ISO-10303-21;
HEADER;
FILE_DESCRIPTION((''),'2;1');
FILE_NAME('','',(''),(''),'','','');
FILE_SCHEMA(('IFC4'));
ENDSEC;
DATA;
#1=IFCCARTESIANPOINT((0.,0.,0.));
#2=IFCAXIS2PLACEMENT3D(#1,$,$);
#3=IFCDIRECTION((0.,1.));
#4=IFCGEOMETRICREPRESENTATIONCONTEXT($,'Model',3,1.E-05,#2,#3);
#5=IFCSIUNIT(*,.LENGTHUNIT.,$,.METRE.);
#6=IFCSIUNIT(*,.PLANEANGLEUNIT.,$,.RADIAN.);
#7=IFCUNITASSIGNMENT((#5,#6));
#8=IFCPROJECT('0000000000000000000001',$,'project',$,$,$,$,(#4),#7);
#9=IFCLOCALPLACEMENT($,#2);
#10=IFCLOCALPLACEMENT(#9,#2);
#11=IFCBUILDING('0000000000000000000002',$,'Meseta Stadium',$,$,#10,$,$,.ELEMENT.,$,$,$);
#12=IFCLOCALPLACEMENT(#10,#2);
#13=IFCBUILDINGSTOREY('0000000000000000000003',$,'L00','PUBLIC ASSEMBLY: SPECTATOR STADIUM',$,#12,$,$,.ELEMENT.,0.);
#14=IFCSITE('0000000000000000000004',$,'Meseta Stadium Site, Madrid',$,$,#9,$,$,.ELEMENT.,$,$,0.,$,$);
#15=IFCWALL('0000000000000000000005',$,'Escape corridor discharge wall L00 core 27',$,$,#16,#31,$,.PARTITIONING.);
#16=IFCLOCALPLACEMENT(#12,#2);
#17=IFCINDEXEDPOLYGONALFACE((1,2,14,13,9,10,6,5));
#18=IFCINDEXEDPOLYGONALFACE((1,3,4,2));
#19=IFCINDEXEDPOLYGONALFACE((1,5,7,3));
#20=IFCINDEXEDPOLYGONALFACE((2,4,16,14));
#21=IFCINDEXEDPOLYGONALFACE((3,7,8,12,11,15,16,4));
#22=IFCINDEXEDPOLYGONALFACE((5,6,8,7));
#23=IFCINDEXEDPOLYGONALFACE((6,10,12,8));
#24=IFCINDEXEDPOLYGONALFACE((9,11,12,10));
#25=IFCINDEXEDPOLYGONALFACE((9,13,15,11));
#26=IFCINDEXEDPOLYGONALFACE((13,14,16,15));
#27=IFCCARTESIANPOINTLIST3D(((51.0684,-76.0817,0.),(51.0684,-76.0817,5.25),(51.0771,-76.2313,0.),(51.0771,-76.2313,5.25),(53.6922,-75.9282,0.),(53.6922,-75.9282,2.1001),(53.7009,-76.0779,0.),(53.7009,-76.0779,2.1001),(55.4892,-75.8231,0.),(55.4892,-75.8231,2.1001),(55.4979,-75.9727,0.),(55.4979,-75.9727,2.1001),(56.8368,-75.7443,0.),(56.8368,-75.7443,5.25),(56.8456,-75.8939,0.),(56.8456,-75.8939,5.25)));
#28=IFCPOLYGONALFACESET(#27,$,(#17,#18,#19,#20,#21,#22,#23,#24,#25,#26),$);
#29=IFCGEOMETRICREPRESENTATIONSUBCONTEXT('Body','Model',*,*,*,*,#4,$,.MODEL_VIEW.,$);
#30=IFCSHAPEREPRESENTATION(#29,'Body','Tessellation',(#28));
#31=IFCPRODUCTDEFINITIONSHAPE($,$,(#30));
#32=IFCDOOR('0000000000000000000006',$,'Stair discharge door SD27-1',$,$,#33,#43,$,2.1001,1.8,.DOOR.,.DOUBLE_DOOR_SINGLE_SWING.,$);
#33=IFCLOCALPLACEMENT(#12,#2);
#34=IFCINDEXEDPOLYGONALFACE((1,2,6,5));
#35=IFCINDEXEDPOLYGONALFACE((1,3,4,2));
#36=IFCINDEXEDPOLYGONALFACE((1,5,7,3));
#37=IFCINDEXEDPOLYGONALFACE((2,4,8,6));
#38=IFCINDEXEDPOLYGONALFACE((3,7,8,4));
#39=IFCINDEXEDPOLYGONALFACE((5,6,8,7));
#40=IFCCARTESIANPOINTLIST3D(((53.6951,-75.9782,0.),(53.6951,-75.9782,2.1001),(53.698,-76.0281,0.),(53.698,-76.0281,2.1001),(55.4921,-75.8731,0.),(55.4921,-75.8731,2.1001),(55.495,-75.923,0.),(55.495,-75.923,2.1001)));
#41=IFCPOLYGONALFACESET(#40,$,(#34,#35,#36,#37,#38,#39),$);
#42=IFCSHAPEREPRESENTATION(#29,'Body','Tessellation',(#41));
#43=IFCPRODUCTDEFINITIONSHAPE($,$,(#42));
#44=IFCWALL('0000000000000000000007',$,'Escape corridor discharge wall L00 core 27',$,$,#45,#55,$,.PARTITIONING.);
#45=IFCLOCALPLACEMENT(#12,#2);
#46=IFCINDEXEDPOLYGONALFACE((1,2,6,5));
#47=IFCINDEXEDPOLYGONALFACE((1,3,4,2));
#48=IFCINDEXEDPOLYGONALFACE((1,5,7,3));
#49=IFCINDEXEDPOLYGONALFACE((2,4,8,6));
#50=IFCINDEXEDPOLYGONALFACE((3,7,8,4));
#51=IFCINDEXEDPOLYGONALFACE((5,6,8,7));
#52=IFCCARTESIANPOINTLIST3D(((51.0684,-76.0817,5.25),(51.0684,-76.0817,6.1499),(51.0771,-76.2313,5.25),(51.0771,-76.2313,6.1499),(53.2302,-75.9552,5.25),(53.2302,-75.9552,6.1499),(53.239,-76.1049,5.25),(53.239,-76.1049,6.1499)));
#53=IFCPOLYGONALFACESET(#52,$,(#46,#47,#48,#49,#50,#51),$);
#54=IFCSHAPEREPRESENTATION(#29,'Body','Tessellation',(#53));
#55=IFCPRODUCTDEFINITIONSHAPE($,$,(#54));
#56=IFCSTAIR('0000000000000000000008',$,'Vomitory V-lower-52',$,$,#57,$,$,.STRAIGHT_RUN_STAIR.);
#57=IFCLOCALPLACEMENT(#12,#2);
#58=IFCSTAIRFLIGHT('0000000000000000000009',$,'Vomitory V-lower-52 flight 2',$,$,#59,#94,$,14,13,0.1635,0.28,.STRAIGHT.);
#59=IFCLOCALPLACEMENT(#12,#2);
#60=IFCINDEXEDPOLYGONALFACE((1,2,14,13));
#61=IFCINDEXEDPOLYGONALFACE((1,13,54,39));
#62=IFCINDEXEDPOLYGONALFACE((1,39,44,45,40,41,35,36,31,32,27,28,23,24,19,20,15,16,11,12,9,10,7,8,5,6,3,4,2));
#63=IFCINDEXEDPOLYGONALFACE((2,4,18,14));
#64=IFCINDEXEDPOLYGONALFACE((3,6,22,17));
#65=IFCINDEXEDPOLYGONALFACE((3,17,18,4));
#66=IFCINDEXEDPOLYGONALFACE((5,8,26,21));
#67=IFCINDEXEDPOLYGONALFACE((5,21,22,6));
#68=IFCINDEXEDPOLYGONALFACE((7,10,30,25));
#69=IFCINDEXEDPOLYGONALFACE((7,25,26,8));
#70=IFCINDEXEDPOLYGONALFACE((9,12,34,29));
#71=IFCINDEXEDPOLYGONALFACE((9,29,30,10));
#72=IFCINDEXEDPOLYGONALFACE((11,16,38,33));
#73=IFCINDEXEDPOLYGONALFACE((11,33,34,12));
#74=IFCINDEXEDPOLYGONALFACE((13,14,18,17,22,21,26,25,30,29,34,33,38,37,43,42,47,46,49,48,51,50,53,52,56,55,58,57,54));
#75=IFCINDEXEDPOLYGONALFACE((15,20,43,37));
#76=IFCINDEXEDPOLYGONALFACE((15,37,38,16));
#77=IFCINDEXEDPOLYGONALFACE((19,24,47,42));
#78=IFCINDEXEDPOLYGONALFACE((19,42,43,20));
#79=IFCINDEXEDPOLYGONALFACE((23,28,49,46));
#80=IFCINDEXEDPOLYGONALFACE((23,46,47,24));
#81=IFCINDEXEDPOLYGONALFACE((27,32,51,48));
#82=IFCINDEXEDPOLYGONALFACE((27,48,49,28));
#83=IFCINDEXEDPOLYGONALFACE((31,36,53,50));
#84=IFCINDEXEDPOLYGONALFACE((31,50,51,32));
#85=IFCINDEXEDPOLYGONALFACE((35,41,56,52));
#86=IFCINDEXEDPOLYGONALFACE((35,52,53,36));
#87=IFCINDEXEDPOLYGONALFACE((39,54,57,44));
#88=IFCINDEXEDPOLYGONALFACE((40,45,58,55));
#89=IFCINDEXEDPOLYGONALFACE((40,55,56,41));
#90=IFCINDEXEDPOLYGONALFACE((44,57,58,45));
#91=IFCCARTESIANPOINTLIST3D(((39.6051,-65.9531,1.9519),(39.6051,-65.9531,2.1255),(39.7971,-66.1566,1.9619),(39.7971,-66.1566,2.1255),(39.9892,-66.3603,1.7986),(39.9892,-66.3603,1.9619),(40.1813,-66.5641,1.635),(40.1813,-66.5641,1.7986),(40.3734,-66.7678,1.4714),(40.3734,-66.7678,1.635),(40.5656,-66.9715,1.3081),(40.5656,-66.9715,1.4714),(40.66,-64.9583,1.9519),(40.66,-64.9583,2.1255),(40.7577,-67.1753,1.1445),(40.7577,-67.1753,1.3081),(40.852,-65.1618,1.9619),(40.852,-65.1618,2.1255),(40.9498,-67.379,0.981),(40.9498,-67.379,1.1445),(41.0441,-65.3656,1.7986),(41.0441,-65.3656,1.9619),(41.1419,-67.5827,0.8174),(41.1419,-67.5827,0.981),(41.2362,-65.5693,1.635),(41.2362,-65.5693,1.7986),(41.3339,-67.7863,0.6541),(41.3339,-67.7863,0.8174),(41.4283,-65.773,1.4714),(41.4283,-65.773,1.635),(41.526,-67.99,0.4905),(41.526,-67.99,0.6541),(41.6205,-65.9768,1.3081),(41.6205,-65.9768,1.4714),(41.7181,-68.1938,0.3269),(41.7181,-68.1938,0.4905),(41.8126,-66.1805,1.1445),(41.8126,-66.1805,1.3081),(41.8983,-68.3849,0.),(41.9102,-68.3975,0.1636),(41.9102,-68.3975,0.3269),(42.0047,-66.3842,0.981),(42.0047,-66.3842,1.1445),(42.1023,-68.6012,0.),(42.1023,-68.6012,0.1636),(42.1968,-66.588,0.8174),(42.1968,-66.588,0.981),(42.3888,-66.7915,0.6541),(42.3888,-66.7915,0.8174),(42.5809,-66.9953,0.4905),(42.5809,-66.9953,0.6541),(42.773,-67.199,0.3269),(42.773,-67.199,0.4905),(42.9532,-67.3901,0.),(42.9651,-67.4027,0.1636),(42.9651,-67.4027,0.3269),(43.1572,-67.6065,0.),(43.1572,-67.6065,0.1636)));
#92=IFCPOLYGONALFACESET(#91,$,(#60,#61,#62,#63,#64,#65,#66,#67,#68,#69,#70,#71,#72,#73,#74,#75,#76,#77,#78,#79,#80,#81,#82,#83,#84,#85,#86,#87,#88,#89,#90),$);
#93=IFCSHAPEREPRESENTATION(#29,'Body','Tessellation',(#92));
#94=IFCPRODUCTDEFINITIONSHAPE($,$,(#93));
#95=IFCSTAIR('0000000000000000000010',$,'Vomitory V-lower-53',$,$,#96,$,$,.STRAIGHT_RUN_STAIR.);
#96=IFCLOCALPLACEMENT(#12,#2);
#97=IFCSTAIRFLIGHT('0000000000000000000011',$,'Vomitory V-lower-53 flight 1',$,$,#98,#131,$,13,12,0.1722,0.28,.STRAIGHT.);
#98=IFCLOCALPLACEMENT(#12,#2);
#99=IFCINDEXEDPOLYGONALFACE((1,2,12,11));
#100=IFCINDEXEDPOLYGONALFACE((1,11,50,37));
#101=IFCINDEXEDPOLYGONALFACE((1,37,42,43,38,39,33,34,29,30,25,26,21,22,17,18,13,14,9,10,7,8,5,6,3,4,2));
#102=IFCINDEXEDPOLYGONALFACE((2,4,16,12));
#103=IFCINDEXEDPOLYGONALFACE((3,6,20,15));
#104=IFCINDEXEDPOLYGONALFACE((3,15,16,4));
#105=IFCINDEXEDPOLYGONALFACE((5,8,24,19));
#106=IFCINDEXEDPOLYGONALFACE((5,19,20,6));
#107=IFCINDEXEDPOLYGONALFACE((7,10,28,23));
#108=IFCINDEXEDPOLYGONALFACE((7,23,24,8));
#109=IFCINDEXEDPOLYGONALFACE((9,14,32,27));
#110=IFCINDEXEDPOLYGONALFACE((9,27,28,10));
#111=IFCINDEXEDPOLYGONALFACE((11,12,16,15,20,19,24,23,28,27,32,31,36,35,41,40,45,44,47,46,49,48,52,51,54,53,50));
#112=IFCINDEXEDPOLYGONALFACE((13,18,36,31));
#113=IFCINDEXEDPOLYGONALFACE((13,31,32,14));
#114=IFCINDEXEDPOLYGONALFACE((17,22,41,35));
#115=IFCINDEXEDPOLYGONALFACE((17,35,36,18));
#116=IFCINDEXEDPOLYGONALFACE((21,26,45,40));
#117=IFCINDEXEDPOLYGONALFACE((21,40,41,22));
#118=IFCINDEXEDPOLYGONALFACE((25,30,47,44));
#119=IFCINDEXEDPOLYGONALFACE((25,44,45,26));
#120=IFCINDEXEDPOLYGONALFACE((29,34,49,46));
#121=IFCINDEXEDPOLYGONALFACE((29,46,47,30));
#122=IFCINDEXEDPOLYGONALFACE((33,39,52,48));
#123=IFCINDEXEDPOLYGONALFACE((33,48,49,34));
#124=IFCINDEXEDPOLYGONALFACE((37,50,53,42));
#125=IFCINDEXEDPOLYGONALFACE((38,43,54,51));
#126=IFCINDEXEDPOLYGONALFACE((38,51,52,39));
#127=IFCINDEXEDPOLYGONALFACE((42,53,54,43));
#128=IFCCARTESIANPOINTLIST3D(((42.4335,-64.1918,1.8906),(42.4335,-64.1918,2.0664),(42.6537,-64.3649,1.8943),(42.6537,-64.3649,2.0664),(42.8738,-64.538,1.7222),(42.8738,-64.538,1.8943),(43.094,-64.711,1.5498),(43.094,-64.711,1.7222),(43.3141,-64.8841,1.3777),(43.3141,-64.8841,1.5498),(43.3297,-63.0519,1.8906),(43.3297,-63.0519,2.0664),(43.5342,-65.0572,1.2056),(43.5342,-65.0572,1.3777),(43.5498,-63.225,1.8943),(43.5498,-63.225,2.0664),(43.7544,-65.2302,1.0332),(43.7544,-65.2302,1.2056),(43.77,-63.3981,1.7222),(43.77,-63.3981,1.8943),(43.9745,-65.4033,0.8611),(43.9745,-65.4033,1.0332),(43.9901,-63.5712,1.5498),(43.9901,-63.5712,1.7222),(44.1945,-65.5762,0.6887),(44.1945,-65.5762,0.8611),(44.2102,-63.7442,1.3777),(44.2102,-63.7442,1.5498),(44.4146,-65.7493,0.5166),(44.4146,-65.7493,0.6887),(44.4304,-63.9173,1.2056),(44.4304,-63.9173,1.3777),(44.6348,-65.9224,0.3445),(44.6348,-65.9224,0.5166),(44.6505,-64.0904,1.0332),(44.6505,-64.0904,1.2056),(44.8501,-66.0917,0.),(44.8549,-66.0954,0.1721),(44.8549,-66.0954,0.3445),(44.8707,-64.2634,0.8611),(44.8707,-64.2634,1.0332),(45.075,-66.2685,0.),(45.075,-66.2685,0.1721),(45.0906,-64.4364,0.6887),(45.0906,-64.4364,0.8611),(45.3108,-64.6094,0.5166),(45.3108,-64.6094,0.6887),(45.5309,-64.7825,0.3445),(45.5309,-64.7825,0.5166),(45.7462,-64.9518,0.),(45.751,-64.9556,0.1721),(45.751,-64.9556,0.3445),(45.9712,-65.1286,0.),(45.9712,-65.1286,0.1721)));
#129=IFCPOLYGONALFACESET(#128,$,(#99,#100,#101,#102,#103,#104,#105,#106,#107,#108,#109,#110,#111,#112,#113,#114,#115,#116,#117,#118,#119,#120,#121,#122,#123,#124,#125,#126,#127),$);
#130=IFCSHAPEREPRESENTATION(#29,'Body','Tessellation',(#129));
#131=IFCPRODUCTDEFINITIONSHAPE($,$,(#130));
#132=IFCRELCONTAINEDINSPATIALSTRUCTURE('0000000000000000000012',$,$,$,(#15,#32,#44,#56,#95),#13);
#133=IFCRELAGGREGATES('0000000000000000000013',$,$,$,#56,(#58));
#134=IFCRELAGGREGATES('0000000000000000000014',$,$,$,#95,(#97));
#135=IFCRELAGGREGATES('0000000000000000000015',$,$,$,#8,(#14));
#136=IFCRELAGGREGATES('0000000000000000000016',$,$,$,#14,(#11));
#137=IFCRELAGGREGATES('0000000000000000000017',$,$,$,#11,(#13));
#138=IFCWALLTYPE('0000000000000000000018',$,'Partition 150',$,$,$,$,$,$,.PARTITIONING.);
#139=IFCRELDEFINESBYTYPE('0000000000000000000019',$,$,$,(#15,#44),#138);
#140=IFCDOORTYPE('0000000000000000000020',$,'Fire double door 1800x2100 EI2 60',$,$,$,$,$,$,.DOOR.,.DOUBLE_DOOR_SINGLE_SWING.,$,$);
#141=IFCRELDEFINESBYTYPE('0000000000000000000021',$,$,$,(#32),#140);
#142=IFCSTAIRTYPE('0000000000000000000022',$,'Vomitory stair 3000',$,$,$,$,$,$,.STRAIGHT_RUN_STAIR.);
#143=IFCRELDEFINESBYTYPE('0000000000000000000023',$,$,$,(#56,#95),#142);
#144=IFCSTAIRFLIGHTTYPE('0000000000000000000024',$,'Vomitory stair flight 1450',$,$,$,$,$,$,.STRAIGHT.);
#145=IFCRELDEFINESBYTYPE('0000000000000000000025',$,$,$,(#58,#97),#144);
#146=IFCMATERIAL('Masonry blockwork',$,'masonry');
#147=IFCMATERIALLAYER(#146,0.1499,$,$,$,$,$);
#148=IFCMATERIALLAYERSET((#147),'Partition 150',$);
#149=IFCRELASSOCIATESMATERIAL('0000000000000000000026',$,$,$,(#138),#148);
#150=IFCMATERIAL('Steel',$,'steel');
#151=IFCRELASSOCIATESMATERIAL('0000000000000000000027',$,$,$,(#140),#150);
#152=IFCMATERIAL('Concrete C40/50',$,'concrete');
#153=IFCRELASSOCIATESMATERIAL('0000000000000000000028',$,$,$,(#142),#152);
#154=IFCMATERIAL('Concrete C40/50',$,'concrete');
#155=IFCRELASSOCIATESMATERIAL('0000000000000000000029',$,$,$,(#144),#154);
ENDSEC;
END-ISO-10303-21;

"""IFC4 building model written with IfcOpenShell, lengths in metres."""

from ifc_helpers import new_model, si_unit, direction, frame, frame_2d, origin, place, context, subcontext, project, spatial, polyline, rectangle, outline, extrude, material, layer, layer_set, type_object, element, fill, aggregate, save


model = new_model("IFC4")

# Units and contexts
model_context = context("Model", 3, precision=1e-05, world=origin(), true_north=direction((0.0, 1.0)))
body_context = subcontext(model_context, "Body", "Model", "MODEL_VIEW")
ifc_project = project(units=[si_unit("LENGTHUNIT", "METRE"), si_unit("PLANEANGLEUNIT", "RADIAN")], contexts=[model_context])

# Site, building, storey
site_placement = place(None, origin())
site = spatial("IfcSite", under=ifc_project, at=site_placement, Name="Meseta Stadium Site, Madrid", CompositionType="ELEMENT", RefElevation=0.0)
building_placement = place(site_placement, origin())
building = spatial("IfcBuilding", under=site, at=building_placement, Name="Meseta Stadium", CompositionType="ELEMENT")
storey_placement = place(building_placement, origin())
storey = spatial("IfcBuildingStorey", under=building, at=storey_placement, Name="L00", Description="PUBLIC ASSEMBLY: SPECTATOR STADIUM", CompositionType="ELEMENT", Elevation=0.0)

# Wall, opening, door
ifc_material_1 = material(Name="Masonry blockwork", Category="masonry")
ifc_layer = layer(ifc_material_1, 0.1499)
ifc_layer_set = layer_set([ifc_layer], Name="Partition 150")
wall_type = type_object("IfcWallType", Name="Partition 150", PredefinedType="PARTITIONING", material=ifc_layer_set)
wall_1_placement = place(storey_placement, frame((51.0728, -76.1565, 0.0), z_axis=(0.0, 0.0, 1.0), x_axis=(0.998294, 0.05839, 0.0)))
wall_1 = element("IfcWall", 1, at=wall_1_placement, inside=storey, type_object=wall_type, Name="Escape corridor discharge wall L00 core 27", PredefinedType="PARTITIONING", context=body_context, shape_type="SweptSolid", body=[
    extrude(rectangle(XDim=5.7783, YDim=0.1499, at=frame_2d((2.8892, 0.0))), origin(), (0.0, 0.0, 1.0), 5.25),
])
opening_1_placement = place(wall_1_placement, frame((2.6284, 0.0, 0.0)))
opening_1 = element("IfcOpeningElement", 2, at=opening_1_placement, cuts=wall_1, PredefinedType="OPENING", context=body_context, shape_type="SweptSolid", body=[
    extrude(rectangle(XDim=1.8, YDim=2.1001, at=frame_2d((0.8999, 1.05))), frame((0.0, 0.085, 0.0), z_axis=(0.0, -1.0, 0.0), x_axis=(1.0, 0.0, 0.0)), (0.0, 0.0, 1.0), 0.1699),
])
ifc_material_2 = material(Name="Steel", Category="steel")
door_type_1 = type_object("IfcDoorType", Name="Fire double door 1800x2100 EI2 60", OperationType="DOUBLE_DOOR_SINGLE_SWING", PredefinedType="DOOR", material=ifc_material_2)
door_1_placement = place(opening_1_placement, origin())
door_1 = element("IfcDoor", 3, at=door_1_placement, inside=storey, type_object=door_type_1, Name="Stair discharge door SD27-1", OperationType="DOUBLE_DOOR_SINGLE_SWING", OverallHeight=2.1001, OverallWidth=1.8, PredefinedType="DOOR", context=body_context, shape_type="SweptSolid", body=[
    extrude(rectangle(XDim=1.8, YDim=2.1001, at=frame_2d((0.8999, 1.05))), frame((0.0, 0.0249, 0.0), z_axis=(0.0, -1.0, 0.0), x_axis=(1.0, 0.0, 0.0)), (0.0, 0.0, 1.0), 0.05),
])
fill(opening_1, door_1)

# Wall
wall_2_placement = place(storey_placement, frame((51.0728, -76.1565, 5.25), z_axis=(0.0, 0.0, 1.0), x_axis=(0.998293, 0.058398, 0.0)))
element("IfcWall", 4, at=wall_2_placement, inside=storey, type_object=wall_type, Name="Escape corridor discharge wall L00 core 27", PredefinedType="PARTITIONING", context=body_context, shape_type="SweptSolid", body=[
    extrude(rectangle(XDim=2.1655, YDim=0.1499, at=frame_2d((1.0828, 0.0))), origin(), (0.0, 0.0, 1.0), 0.8999),
])

# Stairs, stair flights
ifc_material_3 = material(Name="Concrete C40/50", Category="concrete")
stair_type = type_object("IfcStairType", Name="Vomitory stair 3000", PredefinedType="STRAIGHT_RUN_STAIR", material=ifc_material_3)
stair_1_placement = place(storey_placement, origin())
stair_1 = element("IfcStair", 5, at=stair_1_placement, inside=storey, type_object=stair_type, Name="Vomitory V-lower-52", PredefinedType="STRAIGHT_RUN_STAIR")
ifc_material_4 = material(Name="Concrete C40/50", Category="concrete")
stair_flight_type = type_object("IfcStairFlightType", Name="Vomitory stair flight 1450", PredefinedType="STRAIGHT", material=ifc_material_4)
stair_flight_1_placement = place(storey_placement, frame((42.6299, -68.1038, 0.0), z_axis=(0.0, 0.0, 1.0), x_axis=(-0.686065, 0.727541, 0.0)))
stair_flight_1 = element("IfcStairFlight", 6, at=stair_flight_1_placement, type_object=stair_flight_type, Name="Vomitory V-lower-52 flight 2", NumberOfRisers=14, NumberOfTreads=13, PredefinedType="STRAIGHT", RiserHeight=0.1635, TreadLength=0.28, context=body_context, shape_type="SweptSolid", body=[
    extrude(outline(polyline([(0.0, 0.0), (0.0, 0.1636), (0.28, 0.1636), (0.28, 0.3269), (0.5601, 0.3269), (0.5601, 0.4905), (0.8401, 0.4905), (0.8401, 0.6541), (1.1201, 0.6541), (1.1201, 0.8174), (1.3999, 0.8174), (1.3999, 0.981), (1.6799, 0.981), (1.6799, 1.1445), (1.96, 1.1445), (1.96, 1.3081), (2.24, 1.3081), (2.24, 1.4714), (2.52, 1.4714), (2.52, 1.635), (2.8, 1.635), (2.8, 1.7986), (3.0801, 1.7986), (3.0801, 1.9619), (3.3601, 1.9619), (3.3601, 2.1255), (3.6399, 2.1255), (3.6399, 1.9519), (0.2974, 0.0), (0.0, 0.0)])), frame((0.0, 0.7251, 0.0), z_axis=(0.0, -1.0, 0.0), x_axis=(1.0, 0.0, 0.0)), (0.0, 0.0, 1.0), 1.45),
])
aggregate(stair_1, [stair_flight_1])
stair_2_placement = place(storey_placement, origin())
stair_2 = element("IfcStair", 7, at=stair_2_placement, inside=storey, type_object=stair_type, Name="Vomitory V-lower-53", PredefinedType="STRAIGHT_RUN_STAIR")
stair_flight_2_placement = place(storey_placement, frame((45.5232, -65.6985, 0.0), z_axis=(0.0, 0.0, 1.0), x_axis=(-0.786142, 0.618046, 0.0)))
stair_flight_2 = element("IfcStairFlight", 8, at=stair_flight_2_placement, type_object=stair_flight_type, Name="Vomitory V-lower-53 flight 1", NumberOfRisers=13, NumberOfTreads=12, PredefinedType="STRAIGHT", RiserHeight=0.1722, TreadLength=0.28, context=body_context, shape_type="SweptSolid", body=[
    extrude(outline(polyline([(0.0, 0.0), (0.0, 0.1721), (0.28, 0.1721), (0.28, 0.3445), (0.5601, 0.3445), (0.5601, 0.5166), (0.8401, 0.5166), (0.8401, 0.6887), (1.1201, 0.6887), (1.1201, 0.8611), (1.3999, 0.8611), (1.3999, 1.0332), (1.6799, 1.0332), (1.6799, 1.2056), (1.96, 1.2056), (1.96, 1.3777), (2.24, 1.3777), (2.24, 1.5498), (2.52, 1.5498), (2.52, 1.7222), (2.8, 1.7222), (2.8, 1.8943), (3.0801, 1.8943), (3.0801, 2.0664), (3.3601, 2.0664), (3.3601, 1.8906), (0.2861, 0.0), (0.0, 0.0)])), frame((0.0, 0.7251, 0.0), z_axis=(0.0, -1.0, 0.0), x_axis=(1.0, 0.0, 0.0)), (0.0, 0.0, 1.0), 1.45),
])
aggregate(stair_2, [stair_flight_2])

save(model, "model.ifc")
